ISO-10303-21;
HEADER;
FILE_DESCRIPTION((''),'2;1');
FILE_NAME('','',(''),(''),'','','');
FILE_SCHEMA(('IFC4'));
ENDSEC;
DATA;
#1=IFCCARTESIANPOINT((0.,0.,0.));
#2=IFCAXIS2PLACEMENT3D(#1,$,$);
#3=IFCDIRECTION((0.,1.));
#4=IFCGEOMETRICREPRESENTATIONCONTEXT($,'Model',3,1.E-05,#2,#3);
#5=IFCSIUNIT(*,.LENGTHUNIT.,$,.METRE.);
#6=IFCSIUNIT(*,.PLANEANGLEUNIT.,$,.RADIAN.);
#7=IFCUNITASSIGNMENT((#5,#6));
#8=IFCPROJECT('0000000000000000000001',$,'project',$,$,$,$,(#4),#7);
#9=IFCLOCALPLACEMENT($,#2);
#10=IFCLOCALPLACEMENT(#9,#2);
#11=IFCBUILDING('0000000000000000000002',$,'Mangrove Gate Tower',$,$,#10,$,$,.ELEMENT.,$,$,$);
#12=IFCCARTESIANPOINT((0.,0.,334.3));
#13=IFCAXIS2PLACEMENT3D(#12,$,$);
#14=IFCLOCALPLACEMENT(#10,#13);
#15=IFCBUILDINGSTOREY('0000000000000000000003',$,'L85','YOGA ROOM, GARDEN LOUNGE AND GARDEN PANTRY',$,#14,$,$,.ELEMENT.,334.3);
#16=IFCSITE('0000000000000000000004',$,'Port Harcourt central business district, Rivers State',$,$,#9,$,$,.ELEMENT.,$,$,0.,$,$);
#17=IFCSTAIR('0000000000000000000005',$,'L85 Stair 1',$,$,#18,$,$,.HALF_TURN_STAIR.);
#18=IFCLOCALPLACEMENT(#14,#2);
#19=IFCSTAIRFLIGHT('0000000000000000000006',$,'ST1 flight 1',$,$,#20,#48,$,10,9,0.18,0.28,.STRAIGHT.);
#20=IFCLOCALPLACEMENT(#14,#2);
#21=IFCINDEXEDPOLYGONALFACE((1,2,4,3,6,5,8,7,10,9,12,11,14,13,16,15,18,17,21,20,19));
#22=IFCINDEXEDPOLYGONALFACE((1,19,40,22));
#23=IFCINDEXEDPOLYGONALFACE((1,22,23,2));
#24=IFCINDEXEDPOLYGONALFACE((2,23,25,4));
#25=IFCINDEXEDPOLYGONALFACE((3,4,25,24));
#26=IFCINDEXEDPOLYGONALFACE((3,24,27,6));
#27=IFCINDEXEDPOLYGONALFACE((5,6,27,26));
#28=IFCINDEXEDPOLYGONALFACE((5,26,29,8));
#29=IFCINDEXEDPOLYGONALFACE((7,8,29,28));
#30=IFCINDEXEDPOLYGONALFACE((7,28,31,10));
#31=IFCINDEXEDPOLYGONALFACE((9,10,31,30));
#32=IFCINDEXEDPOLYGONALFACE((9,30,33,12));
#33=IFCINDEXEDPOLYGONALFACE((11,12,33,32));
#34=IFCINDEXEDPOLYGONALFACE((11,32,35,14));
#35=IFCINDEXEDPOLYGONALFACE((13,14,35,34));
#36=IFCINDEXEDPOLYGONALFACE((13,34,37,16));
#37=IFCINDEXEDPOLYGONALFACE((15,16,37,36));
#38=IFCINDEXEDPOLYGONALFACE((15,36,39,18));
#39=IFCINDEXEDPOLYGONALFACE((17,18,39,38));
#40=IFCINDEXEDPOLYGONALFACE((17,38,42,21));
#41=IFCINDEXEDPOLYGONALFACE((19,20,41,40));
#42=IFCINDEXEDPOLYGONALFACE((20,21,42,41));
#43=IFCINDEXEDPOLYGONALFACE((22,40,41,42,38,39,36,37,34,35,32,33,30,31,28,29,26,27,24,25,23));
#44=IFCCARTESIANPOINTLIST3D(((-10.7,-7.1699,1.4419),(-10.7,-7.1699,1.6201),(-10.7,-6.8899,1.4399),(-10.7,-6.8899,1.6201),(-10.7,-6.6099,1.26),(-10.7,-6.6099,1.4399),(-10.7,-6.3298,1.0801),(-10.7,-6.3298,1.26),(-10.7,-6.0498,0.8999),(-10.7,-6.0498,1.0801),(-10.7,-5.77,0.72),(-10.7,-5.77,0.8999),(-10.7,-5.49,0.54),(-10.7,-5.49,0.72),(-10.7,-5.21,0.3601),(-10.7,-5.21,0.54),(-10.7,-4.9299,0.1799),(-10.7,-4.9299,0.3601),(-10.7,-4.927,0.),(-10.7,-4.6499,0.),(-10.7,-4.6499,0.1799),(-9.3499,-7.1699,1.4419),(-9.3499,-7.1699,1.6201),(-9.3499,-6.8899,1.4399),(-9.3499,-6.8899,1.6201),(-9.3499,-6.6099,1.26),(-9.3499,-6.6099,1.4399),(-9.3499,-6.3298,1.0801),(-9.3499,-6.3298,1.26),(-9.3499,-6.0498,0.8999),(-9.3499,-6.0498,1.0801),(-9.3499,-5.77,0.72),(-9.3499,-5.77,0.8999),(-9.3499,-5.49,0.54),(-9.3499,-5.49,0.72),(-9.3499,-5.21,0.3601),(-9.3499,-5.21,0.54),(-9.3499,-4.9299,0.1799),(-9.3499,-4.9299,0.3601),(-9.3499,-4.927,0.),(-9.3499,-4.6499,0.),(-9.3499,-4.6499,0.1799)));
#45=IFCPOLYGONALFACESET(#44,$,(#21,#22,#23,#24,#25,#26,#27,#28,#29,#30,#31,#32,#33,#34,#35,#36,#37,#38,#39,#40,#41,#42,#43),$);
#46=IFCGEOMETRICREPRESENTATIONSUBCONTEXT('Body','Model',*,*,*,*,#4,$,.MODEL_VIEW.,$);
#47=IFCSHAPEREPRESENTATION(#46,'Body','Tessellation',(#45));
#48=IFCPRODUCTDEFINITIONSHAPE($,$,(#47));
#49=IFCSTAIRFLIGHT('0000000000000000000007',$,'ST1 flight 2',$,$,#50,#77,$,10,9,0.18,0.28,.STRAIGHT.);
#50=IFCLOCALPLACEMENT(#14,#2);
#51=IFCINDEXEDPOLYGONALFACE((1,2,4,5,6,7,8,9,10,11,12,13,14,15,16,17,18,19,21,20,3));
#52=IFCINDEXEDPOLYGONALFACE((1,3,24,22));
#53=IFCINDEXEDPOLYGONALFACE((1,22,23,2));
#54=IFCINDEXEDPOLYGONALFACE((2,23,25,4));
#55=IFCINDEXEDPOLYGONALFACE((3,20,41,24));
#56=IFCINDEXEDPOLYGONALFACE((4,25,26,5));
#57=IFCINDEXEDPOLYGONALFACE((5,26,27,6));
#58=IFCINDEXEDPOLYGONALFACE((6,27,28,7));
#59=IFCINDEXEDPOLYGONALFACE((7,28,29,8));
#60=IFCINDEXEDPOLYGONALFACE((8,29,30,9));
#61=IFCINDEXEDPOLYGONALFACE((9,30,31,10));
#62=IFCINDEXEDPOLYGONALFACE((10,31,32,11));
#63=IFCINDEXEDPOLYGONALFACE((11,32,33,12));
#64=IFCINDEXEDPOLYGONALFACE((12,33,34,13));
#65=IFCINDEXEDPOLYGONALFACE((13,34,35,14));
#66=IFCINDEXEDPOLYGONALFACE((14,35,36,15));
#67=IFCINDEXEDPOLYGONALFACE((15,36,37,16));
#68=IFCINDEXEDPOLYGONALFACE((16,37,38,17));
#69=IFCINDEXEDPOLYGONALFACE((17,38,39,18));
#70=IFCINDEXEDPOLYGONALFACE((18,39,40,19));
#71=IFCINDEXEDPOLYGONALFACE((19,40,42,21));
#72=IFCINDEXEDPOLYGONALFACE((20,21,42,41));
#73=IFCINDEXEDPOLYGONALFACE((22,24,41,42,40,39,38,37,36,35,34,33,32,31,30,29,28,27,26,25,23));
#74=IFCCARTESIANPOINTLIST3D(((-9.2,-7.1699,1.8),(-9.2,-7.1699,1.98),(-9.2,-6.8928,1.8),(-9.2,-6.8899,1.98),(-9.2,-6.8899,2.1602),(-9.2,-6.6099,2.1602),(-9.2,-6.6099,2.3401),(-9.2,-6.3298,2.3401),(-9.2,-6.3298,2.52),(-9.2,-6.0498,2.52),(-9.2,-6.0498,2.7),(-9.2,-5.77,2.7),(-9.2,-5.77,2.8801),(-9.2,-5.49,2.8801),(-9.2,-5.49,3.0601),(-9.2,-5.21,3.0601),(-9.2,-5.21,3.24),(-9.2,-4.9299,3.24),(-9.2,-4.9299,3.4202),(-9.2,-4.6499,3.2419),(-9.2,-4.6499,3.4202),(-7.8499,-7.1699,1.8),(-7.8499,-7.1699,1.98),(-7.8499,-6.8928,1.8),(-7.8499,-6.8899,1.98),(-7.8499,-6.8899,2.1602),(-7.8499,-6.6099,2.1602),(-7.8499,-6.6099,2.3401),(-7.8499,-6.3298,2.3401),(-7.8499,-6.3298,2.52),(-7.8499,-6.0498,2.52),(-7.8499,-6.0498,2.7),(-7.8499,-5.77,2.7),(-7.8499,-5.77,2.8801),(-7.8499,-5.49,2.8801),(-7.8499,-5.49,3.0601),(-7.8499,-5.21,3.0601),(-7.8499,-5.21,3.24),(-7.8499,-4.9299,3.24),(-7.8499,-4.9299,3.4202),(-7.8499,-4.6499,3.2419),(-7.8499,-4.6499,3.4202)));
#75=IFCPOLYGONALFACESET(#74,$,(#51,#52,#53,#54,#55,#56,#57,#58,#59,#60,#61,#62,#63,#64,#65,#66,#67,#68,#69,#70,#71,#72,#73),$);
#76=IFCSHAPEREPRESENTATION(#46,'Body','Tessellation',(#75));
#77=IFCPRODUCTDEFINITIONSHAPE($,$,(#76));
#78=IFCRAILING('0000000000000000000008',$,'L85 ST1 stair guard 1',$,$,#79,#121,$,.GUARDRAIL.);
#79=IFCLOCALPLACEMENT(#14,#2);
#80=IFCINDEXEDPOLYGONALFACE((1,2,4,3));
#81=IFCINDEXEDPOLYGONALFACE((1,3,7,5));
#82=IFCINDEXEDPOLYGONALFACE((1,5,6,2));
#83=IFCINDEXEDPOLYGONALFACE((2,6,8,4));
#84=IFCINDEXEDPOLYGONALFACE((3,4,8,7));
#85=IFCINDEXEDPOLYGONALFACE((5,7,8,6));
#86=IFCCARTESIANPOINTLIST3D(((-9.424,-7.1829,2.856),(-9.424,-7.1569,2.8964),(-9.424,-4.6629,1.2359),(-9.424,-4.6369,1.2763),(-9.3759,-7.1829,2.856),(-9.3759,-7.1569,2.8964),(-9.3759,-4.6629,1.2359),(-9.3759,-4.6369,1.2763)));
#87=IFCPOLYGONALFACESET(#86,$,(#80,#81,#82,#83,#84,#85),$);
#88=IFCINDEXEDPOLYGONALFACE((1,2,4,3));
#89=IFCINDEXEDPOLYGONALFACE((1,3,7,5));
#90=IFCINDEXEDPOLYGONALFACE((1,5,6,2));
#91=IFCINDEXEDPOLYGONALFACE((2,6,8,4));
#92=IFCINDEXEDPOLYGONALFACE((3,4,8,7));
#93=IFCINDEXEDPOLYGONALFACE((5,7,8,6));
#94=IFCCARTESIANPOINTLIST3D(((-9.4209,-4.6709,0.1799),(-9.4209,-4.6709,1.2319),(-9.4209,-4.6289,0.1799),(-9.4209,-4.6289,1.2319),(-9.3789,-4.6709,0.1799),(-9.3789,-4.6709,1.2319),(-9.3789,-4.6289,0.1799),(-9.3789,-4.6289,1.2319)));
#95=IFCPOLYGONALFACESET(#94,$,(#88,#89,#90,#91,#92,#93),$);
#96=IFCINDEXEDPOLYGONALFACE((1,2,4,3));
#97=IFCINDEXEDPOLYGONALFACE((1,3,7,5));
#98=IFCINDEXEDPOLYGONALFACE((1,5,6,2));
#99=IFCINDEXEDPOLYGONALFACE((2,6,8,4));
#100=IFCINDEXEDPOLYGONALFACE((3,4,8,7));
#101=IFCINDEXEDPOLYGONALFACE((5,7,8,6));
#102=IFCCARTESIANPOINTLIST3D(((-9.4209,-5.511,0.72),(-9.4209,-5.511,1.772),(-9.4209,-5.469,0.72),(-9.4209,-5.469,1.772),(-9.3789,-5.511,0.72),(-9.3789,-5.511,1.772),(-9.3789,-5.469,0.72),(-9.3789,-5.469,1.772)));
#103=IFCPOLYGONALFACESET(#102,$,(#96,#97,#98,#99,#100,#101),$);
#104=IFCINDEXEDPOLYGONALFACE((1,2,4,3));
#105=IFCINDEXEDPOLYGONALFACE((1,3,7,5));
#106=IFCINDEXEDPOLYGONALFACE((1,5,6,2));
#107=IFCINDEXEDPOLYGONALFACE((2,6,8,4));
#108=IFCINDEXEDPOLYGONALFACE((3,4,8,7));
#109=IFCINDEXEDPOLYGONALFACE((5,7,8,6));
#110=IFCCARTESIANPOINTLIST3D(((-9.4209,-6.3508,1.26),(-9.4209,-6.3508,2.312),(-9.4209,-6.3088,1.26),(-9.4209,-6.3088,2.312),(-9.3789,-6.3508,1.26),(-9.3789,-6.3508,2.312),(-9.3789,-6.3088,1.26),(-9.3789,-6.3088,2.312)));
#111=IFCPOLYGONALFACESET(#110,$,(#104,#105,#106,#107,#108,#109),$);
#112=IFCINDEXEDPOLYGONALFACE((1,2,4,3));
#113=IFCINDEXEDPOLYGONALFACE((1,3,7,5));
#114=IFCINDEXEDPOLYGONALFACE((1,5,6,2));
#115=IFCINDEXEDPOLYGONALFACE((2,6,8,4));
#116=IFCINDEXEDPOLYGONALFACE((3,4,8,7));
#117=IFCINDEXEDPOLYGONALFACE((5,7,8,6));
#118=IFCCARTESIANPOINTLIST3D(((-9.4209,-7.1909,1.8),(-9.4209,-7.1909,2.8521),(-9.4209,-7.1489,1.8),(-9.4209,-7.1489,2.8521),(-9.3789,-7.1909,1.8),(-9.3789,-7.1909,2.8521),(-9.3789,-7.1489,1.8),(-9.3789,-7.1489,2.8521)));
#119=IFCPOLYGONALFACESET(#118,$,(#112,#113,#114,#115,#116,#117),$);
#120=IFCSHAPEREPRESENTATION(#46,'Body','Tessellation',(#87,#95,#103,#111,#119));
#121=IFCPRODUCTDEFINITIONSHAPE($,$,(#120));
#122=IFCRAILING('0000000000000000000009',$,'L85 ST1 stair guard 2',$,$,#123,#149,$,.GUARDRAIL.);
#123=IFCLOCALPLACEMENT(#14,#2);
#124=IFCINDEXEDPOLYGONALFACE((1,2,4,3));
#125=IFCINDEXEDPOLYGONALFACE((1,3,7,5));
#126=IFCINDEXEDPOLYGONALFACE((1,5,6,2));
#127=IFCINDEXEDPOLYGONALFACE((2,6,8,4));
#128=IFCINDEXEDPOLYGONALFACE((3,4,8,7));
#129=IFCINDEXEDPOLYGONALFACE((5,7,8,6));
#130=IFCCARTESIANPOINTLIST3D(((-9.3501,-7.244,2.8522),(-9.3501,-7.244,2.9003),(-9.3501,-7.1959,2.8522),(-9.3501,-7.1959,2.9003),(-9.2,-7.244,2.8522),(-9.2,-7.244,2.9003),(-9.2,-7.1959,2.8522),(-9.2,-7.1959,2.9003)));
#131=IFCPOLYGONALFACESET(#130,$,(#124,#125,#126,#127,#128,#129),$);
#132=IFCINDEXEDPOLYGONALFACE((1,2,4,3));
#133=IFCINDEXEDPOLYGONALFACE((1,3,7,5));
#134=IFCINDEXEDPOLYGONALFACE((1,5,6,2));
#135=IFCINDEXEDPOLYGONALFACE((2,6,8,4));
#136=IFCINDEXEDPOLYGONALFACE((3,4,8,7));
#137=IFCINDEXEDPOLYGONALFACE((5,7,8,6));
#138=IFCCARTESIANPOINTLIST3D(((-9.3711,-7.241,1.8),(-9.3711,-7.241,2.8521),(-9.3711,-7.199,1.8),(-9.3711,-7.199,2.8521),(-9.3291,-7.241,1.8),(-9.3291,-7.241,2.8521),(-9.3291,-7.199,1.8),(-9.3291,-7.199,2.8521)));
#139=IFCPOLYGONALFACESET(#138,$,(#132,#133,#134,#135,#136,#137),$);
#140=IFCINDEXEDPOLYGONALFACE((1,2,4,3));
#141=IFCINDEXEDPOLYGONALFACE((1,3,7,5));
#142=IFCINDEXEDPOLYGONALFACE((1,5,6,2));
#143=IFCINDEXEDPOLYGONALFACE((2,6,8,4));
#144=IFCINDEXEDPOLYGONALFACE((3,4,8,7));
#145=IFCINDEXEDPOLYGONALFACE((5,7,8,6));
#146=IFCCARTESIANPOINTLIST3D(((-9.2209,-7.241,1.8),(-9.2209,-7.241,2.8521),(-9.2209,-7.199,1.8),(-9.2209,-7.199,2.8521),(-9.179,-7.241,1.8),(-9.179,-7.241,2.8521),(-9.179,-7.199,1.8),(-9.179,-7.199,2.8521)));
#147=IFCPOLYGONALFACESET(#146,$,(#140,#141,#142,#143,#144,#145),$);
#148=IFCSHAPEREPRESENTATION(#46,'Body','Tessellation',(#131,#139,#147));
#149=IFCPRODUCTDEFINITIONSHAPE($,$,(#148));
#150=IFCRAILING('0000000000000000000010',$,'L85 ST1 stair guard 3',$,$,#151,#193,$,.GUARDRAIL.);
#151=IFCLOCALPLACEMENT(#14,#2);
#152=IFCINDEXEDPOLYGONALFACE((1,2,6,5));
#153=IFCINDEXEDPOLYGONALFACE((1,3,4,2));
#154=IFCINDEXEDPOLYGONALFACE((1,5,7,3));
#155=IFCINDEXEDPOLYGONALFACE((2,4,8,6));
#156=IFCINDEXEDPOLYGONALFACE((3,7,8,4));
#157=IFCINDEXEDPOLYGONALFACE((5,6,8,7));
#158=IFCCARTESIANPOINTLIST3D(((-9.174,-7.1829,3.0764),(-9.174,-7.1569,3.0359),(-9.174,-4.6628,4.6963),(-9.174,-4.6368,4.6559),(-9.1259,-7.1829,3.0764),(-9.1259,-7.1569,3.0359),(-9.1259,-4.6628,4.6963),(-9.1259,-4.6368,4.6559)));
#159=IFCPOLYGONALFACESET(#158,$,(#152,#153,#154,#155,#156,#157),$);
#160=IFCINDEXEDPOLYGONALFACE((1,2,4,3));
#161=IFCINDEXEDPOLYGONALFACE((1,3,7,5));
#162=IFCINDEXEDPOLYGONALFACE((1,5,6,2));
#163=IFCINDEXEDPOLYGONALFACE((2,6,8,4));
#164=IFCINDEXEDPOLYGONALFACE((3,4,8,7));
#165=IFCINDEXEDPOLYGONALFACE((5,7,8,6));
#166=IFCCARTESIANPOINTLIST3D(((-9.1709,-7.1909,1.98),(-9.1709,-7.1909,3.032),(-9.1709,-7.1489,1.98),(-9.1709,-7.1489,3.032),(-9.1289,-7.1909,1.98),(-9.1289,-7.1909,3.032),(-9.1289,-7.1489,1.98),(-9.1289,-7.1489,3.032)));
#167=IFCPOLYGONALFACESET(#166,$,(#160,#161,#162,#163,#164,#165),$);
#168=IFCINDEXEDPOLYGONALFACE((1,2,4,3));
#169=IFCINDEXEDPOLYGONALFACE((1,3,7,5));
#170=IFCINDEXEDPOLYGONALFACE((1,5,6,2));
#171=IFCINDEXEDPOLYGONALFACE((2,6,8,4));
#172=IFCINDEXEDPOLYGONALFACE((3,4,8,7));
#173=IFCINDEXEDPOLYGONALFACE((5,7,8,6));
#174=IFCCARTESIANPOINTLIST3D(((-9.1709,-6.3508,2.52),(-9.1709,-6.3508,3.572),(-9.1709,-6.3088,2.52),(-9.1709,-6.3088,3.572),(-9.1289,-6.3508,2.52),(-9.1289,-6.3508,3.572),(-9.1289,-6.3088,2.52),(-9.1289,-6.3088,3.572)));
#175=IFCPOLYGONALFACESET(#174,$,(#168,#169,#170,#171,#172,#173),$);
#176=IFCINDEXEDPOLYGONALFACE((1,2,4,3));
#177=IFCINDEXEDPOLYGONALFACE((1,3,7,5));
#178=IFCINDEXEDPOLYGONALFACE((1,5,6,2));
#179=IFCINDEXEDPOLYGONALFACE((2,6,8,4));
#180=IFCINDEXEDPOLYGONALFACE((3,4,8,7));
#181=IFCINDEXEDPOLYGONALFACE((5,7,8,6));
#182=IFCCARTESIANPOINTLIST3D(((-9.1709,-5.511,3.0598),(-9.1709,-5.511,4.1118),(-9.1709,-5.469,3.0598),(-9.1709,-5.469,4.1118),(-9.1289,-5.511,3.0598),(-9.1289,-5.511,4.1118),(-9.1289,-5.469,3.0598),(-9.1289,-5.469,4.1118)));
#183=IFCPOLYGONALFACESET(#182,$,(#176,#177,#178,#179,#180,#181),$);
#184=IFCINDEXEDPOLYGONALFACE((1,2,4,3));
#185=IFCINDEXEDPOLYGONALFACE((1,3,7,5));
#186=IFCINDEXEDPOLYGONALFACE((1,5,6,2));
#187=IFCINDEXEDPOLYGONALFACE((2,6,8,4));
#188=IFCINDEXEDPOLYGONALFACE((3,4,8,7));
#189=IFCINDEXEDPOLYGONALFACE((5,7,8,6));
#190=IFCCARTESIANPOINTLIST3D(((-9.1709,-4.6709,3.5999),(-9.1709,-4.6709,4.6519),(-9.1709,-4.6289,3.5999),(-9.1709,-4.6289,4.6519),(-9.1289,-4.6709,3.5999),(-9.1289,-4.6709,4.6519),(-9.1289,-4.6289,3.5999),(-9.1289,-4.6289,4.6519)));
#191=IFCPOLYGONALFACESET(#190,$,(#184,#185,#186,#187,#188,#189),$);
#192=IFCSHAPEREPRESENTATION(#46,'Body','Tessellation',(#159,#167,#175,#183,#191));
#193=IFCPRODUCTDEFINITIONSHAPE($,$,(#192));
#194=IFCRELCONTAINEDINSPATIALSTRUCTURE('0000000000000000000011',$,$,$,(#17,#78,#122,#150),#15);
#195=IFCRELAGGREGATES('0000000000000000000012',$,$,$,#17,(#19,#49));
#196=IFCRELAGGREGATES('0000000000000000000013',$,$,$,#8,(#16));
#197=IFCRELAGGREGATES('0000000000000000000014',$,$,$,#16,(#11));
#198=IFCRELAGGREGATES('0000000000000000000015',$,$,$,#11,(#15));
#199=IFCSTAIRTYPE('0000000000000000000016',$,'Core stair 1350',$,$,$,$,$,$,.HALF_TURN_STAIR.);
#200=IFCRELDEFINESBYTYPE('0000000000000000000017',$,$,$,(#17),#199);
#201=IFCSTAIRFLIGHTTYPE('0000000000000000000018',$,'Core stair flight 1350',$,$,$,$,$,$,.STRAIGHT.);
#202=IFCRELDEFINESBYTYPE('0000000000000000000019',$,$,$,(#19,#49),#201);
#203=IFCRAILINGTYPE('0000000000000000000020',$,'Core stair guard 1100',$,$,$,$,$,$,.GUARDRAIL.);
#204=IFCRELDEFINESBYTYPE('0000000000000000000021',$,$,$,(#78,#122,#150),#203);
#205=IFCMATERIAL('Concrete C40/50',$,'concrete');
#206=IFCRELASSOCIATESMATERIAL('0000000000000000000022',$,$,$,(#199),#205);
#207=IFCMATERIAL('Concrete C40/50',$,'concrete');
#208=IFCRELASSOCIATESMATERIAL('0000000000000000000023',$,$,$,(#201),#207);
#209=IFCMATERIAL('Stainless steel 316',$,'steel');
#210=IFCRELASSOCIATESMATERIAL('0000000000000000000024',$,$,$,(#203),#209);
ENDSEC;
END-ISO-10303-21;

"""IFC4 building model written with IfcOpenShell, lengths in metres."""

from ifc_helpers import new_model, si_unit, direction, frame, origin, origin_2d, place, context, subcontext, project, spatial, polyline, rectangle, outline, extrude, material, type_object, element, aggregate, save


model = new_model("IFC4")

# Units and contexts
model_context = context("Model", 3, precision=1e-05, world=origin(), true_north=direction((0.0, 1.0)))
body_context = subcontext(model_context, "Body", "Model", "MODEL_VIEW")
ifc_project = project(units=[si_unit("LENGTHUNIT", "METRE"), si_unit("PLANEANGLEUNIT", "RADIAN")], contexts=[model_context])

# Site, building, storey
site_placement = place(None, origin())
site = spatial("IfcSite", under=ifc_project, at=site_placement, Name="Port Harcourt central business district, Rivers State", CompositionType="ELEMENT", RefElevation=0.0)
building_placement = place(site_placement, origin())
building = spatial("IfcBuilding", under=site, at=building_placement, Name="Mangrove Gate Tower", CompositionType="ELEMENT")
storey_placement = place(building_placement, frame((0.0, 0.0, 334.3)))
storey = spatial("IfcBuildingStorey", under=building, at=storey_placement, Name="L85", Description="YOGA ROOM, GARDEN LOUNGE AND GARDEN PANTRY", CompositionType="ELEMENT", Elevation=334.3)

# Stair, stair flights
ifc_material_1 = material(Name="Concrete C40/50", Category="concrete")
stair_type = type_object("IfcStairType", Name="Core stair 1350", PredefinedType="HALF_TURN_STAIR", material=ifc_material_1)
stair_placement = place(storey_placement, origin())
stair = element("IfcStair", 1, at=stair_placement, inside=storey, type_object=stair_type, Name="L85 Stair 1", PredefinedType="HALF_TURN_STAIR")
ifc_material_2 = material(Name="Concrete C40/50", Category="concrete")
stair_flight_type = type_object("IfcStairFlightType", Name="Core stair flight 1350", PredefinedType="STRAIGHT", material=ifc_material_2)
stair_flight_1_placement = place(storey_placement, frame((-10.0249, -4.6499, 0.0), z_axis=(0.0, 0.0, 1.0), x_axis=(0.0, -1.0, 0.0)))
stair_flight_1 = element("IfcStairFlight", 2, at=stair_flight_1_placement, type_object=stair_flight_type, Name="ST1 flight 1", NumberOfRisers=10, NumberOfTreads=9, PredefinedType="STRAIGHT", RiserHeight=0.18, TreadLength=0.28, context=body_context, shape_type="SweptSolid", body=[
    extrude(outline(polyline([(0.0, 0.0), (0.0, 0.1799), (0.28, 0.1799), (0.28, 0.3601), (0.5601, 0.3601), (0.5601, 0.54), (0.8401, 0.54), (0.8401, 0.72), (1.1201, 0.72), (1.1201, 0.8999), (1.3999, 0.8999), (1.3999, 1.0801), (1.6799, 1.0801), (1.6799, 1.26), (1.96, 1.26), (1.96, 1.4399), (2.24, 1.4399), (2.24, 1.6201), (2.52, 1.6201), (2.52, 1.8), (2.52, 1.4419), (0.2771, 0.0), (0.0, 0.0)])), frame((0.0, 0.675, 0.0), z_axis=(0.0, -1.0, 0.0), x_axis=(1.0, 0.0, 0.0)), (0.0, 0.0, 1.0), 1.3501),
])
stair_flight_2_placement = place(storey_placement, frame((-8.5249, -7.1699, 1.8), z_axis=(0.0, 0.0, 1.0), x_axis=(0.0, 1.0, 0.0)))
stair_flight_2 = element("IfcStairFlight", 3, at=stair_flight_2_placement, type_object=stair_flight_type, Name="ST1 flight 2", NumberOfRisers=10, NumberOfTreads=9, PredefinedType="STRAIGHT", RiserHeight=0.18, TreadLength=0.28, context=body_context, shape_type="SweptSolid", body=[
    extrude(outline(polyline([(0.0, 0.0), (0.0, 0.1799), (0.28, 0.1799), (0.28, 0.3601), (0.5601, 0.3601), (0.5601, 0.54), (0.8401, 0.54), (0.8401, 0.72), (1.1201, 0.72), (1.1201, 0.8999), (1.3999, 0.8999), (1.3999, 1.0801), (1.6799, 1.0801), (1.6799, 1.26), (1.96, 1.26), (1.96, 1.4399), (2.24, 1.4399), (2.24, 1.6201), (2.52, 1.6201), (2.52, 1.8), (2.52, 1.4419), (0.2771, 0.0), (0.0, 0.0)])), frame((0.0, 0.675, 0.0), z_axis=(0.0, -1.0, 0.0), x_axis=(1.0, 0.0, 0.0)), (0.0, 0.0, 1.0), 1.3501),
])
aggregate(stair, [stair_flight_1, stair_flight_2])

# Railings
ifc_material_3 = material(Name="Stainless steel 316", Category="steel")
railing_type_1 = type_object("IfcRailingType", Name="Core stair guard 1100", PredefinedType="GUARDRAIL", material=ifc_material_3)
railing_1_placement = place(storey_placement, frame((-9.3999, -4.6499, 0.1799)))
element("IfcRailing", 4, at=railing_1_placement, inside=storey, type_object=railing_type_1, Name="L85 ST1 stair guard 1", PredefinedType="GUARDRAIL", context=body_context, shape_type="SweptSolid", body=[
    extrude(rectangle(XDim=0.0481, YDim=0.0481, at=origin_2d()), frame((0.0, 0.0, 1.0762), z_axis=(0.0, -0.841163, 0.540782), x_axis=(1.0, 0.0, 0.0)), (0.0, 0.0, 1.0), 2.9958),
    extrude(rectangle(XDim=0.042, YDim=0.042, at=origin_2d()), origin(), (0.0, 0.0, 1.0), 1.052),
    extrude(rectangle(XDim=0.042, YDim=0.042, at=origin_2d()), frame((0.0, -0.8401, 0.54)), (0.0, 0.0, 1.0), 1.052),
    extrude(rectangle(XDim=0.042, YDim=0.042, at=origin_2d()), frame((0.0, -1.6799, 1.0801)), (0.0, 0.0, 1.0), 1.052),
    extrude(rectangle(XDim=0.042, YDim=0.042, at=origin_2d()), frame((0.0, -2.52, 1.6201)), (0.0, 0.0, 1.0), 1.052),
])
railing_2_placement = place(storey_placement, frame((-9.3501, -7.22, 1.8)))
element("IfcRailing", 5, at=railing_2_placement, inside=storey, type_object=railing_type_1, Name="L85 ST1 stair guard 2", PredefinedType="GUARDRAIL", context=body_context, shape_type="SweptSolid", body=[
    extrude(rectangle(XDim=0.0481, YDim=0.0481, at=origin_2d()), frame((0.0, 0.0, 1.0762), z_axis=(1.0, 0.0, 0.0), x_axis=(0.0, 1.0, 0.0)), (0.0, 0.0, 1.0), 0.1501),
    extrude(rectangle(XDim=0.042, YDim=0.042, at=origin_2d()), origin(), (0.0, 0.0, 1.0), 1.052),
    extrude(rectangle(XDim=0.042, YDim=0.042, at=origin_2d()), frame((0.1501, 0.0, 0.0)), (0.0, 0.0, 1.0), 1.052),
])
railing_3_placement = place(storey_placement, frame((-9.1499, -7.1699, 1.98)))
element("IfcRailing", 6, at=railing_3_placement, inside=storey, type_object=railing_type_1, Name="L85 ST1 stair guard 3", PredefinedType="GUARDRAIL", context=body_context, shape_type="SweptSolid", body=[
    extrude(rectangle(XDim=0.0481, YDim=0.0481, at=origin_2d()), frame((0.0, 0.0, 1.0762), z_axis=(0.0, 0.8412, 0.540725), x_axis=(-1.0, 0.0, 0.0)), (0.0, 0.0, 1.0), 2.9958),
    extrude(rectangle(XDim=0.042, YDim=0.042, at=origin_2d()), origin(), (0.0, 0.0, 1.0), 1.052),
    extrude(rectangle(XDim=0.042, YDim=0.042, at=origin_2d()), frame((0.0, 0.8401, 0.54)), (0.0, 0.0, 1.0), 1.052),
    extrude(rectangle(XDim=0.042, YDim=0.042, at=origin_2d()), frame((0.0, 1.6799, 1.0798)), (0.0, 0.0, 1.0), 1.052),
    extrude(rectangle(XDim=0.042, YDim=0.042, at=origin_2d()), frame((0.0, 2.52, 1.6199)), (0.0, 0.0, 1.0), 1.052),
])

save(model, "model.ifc")
